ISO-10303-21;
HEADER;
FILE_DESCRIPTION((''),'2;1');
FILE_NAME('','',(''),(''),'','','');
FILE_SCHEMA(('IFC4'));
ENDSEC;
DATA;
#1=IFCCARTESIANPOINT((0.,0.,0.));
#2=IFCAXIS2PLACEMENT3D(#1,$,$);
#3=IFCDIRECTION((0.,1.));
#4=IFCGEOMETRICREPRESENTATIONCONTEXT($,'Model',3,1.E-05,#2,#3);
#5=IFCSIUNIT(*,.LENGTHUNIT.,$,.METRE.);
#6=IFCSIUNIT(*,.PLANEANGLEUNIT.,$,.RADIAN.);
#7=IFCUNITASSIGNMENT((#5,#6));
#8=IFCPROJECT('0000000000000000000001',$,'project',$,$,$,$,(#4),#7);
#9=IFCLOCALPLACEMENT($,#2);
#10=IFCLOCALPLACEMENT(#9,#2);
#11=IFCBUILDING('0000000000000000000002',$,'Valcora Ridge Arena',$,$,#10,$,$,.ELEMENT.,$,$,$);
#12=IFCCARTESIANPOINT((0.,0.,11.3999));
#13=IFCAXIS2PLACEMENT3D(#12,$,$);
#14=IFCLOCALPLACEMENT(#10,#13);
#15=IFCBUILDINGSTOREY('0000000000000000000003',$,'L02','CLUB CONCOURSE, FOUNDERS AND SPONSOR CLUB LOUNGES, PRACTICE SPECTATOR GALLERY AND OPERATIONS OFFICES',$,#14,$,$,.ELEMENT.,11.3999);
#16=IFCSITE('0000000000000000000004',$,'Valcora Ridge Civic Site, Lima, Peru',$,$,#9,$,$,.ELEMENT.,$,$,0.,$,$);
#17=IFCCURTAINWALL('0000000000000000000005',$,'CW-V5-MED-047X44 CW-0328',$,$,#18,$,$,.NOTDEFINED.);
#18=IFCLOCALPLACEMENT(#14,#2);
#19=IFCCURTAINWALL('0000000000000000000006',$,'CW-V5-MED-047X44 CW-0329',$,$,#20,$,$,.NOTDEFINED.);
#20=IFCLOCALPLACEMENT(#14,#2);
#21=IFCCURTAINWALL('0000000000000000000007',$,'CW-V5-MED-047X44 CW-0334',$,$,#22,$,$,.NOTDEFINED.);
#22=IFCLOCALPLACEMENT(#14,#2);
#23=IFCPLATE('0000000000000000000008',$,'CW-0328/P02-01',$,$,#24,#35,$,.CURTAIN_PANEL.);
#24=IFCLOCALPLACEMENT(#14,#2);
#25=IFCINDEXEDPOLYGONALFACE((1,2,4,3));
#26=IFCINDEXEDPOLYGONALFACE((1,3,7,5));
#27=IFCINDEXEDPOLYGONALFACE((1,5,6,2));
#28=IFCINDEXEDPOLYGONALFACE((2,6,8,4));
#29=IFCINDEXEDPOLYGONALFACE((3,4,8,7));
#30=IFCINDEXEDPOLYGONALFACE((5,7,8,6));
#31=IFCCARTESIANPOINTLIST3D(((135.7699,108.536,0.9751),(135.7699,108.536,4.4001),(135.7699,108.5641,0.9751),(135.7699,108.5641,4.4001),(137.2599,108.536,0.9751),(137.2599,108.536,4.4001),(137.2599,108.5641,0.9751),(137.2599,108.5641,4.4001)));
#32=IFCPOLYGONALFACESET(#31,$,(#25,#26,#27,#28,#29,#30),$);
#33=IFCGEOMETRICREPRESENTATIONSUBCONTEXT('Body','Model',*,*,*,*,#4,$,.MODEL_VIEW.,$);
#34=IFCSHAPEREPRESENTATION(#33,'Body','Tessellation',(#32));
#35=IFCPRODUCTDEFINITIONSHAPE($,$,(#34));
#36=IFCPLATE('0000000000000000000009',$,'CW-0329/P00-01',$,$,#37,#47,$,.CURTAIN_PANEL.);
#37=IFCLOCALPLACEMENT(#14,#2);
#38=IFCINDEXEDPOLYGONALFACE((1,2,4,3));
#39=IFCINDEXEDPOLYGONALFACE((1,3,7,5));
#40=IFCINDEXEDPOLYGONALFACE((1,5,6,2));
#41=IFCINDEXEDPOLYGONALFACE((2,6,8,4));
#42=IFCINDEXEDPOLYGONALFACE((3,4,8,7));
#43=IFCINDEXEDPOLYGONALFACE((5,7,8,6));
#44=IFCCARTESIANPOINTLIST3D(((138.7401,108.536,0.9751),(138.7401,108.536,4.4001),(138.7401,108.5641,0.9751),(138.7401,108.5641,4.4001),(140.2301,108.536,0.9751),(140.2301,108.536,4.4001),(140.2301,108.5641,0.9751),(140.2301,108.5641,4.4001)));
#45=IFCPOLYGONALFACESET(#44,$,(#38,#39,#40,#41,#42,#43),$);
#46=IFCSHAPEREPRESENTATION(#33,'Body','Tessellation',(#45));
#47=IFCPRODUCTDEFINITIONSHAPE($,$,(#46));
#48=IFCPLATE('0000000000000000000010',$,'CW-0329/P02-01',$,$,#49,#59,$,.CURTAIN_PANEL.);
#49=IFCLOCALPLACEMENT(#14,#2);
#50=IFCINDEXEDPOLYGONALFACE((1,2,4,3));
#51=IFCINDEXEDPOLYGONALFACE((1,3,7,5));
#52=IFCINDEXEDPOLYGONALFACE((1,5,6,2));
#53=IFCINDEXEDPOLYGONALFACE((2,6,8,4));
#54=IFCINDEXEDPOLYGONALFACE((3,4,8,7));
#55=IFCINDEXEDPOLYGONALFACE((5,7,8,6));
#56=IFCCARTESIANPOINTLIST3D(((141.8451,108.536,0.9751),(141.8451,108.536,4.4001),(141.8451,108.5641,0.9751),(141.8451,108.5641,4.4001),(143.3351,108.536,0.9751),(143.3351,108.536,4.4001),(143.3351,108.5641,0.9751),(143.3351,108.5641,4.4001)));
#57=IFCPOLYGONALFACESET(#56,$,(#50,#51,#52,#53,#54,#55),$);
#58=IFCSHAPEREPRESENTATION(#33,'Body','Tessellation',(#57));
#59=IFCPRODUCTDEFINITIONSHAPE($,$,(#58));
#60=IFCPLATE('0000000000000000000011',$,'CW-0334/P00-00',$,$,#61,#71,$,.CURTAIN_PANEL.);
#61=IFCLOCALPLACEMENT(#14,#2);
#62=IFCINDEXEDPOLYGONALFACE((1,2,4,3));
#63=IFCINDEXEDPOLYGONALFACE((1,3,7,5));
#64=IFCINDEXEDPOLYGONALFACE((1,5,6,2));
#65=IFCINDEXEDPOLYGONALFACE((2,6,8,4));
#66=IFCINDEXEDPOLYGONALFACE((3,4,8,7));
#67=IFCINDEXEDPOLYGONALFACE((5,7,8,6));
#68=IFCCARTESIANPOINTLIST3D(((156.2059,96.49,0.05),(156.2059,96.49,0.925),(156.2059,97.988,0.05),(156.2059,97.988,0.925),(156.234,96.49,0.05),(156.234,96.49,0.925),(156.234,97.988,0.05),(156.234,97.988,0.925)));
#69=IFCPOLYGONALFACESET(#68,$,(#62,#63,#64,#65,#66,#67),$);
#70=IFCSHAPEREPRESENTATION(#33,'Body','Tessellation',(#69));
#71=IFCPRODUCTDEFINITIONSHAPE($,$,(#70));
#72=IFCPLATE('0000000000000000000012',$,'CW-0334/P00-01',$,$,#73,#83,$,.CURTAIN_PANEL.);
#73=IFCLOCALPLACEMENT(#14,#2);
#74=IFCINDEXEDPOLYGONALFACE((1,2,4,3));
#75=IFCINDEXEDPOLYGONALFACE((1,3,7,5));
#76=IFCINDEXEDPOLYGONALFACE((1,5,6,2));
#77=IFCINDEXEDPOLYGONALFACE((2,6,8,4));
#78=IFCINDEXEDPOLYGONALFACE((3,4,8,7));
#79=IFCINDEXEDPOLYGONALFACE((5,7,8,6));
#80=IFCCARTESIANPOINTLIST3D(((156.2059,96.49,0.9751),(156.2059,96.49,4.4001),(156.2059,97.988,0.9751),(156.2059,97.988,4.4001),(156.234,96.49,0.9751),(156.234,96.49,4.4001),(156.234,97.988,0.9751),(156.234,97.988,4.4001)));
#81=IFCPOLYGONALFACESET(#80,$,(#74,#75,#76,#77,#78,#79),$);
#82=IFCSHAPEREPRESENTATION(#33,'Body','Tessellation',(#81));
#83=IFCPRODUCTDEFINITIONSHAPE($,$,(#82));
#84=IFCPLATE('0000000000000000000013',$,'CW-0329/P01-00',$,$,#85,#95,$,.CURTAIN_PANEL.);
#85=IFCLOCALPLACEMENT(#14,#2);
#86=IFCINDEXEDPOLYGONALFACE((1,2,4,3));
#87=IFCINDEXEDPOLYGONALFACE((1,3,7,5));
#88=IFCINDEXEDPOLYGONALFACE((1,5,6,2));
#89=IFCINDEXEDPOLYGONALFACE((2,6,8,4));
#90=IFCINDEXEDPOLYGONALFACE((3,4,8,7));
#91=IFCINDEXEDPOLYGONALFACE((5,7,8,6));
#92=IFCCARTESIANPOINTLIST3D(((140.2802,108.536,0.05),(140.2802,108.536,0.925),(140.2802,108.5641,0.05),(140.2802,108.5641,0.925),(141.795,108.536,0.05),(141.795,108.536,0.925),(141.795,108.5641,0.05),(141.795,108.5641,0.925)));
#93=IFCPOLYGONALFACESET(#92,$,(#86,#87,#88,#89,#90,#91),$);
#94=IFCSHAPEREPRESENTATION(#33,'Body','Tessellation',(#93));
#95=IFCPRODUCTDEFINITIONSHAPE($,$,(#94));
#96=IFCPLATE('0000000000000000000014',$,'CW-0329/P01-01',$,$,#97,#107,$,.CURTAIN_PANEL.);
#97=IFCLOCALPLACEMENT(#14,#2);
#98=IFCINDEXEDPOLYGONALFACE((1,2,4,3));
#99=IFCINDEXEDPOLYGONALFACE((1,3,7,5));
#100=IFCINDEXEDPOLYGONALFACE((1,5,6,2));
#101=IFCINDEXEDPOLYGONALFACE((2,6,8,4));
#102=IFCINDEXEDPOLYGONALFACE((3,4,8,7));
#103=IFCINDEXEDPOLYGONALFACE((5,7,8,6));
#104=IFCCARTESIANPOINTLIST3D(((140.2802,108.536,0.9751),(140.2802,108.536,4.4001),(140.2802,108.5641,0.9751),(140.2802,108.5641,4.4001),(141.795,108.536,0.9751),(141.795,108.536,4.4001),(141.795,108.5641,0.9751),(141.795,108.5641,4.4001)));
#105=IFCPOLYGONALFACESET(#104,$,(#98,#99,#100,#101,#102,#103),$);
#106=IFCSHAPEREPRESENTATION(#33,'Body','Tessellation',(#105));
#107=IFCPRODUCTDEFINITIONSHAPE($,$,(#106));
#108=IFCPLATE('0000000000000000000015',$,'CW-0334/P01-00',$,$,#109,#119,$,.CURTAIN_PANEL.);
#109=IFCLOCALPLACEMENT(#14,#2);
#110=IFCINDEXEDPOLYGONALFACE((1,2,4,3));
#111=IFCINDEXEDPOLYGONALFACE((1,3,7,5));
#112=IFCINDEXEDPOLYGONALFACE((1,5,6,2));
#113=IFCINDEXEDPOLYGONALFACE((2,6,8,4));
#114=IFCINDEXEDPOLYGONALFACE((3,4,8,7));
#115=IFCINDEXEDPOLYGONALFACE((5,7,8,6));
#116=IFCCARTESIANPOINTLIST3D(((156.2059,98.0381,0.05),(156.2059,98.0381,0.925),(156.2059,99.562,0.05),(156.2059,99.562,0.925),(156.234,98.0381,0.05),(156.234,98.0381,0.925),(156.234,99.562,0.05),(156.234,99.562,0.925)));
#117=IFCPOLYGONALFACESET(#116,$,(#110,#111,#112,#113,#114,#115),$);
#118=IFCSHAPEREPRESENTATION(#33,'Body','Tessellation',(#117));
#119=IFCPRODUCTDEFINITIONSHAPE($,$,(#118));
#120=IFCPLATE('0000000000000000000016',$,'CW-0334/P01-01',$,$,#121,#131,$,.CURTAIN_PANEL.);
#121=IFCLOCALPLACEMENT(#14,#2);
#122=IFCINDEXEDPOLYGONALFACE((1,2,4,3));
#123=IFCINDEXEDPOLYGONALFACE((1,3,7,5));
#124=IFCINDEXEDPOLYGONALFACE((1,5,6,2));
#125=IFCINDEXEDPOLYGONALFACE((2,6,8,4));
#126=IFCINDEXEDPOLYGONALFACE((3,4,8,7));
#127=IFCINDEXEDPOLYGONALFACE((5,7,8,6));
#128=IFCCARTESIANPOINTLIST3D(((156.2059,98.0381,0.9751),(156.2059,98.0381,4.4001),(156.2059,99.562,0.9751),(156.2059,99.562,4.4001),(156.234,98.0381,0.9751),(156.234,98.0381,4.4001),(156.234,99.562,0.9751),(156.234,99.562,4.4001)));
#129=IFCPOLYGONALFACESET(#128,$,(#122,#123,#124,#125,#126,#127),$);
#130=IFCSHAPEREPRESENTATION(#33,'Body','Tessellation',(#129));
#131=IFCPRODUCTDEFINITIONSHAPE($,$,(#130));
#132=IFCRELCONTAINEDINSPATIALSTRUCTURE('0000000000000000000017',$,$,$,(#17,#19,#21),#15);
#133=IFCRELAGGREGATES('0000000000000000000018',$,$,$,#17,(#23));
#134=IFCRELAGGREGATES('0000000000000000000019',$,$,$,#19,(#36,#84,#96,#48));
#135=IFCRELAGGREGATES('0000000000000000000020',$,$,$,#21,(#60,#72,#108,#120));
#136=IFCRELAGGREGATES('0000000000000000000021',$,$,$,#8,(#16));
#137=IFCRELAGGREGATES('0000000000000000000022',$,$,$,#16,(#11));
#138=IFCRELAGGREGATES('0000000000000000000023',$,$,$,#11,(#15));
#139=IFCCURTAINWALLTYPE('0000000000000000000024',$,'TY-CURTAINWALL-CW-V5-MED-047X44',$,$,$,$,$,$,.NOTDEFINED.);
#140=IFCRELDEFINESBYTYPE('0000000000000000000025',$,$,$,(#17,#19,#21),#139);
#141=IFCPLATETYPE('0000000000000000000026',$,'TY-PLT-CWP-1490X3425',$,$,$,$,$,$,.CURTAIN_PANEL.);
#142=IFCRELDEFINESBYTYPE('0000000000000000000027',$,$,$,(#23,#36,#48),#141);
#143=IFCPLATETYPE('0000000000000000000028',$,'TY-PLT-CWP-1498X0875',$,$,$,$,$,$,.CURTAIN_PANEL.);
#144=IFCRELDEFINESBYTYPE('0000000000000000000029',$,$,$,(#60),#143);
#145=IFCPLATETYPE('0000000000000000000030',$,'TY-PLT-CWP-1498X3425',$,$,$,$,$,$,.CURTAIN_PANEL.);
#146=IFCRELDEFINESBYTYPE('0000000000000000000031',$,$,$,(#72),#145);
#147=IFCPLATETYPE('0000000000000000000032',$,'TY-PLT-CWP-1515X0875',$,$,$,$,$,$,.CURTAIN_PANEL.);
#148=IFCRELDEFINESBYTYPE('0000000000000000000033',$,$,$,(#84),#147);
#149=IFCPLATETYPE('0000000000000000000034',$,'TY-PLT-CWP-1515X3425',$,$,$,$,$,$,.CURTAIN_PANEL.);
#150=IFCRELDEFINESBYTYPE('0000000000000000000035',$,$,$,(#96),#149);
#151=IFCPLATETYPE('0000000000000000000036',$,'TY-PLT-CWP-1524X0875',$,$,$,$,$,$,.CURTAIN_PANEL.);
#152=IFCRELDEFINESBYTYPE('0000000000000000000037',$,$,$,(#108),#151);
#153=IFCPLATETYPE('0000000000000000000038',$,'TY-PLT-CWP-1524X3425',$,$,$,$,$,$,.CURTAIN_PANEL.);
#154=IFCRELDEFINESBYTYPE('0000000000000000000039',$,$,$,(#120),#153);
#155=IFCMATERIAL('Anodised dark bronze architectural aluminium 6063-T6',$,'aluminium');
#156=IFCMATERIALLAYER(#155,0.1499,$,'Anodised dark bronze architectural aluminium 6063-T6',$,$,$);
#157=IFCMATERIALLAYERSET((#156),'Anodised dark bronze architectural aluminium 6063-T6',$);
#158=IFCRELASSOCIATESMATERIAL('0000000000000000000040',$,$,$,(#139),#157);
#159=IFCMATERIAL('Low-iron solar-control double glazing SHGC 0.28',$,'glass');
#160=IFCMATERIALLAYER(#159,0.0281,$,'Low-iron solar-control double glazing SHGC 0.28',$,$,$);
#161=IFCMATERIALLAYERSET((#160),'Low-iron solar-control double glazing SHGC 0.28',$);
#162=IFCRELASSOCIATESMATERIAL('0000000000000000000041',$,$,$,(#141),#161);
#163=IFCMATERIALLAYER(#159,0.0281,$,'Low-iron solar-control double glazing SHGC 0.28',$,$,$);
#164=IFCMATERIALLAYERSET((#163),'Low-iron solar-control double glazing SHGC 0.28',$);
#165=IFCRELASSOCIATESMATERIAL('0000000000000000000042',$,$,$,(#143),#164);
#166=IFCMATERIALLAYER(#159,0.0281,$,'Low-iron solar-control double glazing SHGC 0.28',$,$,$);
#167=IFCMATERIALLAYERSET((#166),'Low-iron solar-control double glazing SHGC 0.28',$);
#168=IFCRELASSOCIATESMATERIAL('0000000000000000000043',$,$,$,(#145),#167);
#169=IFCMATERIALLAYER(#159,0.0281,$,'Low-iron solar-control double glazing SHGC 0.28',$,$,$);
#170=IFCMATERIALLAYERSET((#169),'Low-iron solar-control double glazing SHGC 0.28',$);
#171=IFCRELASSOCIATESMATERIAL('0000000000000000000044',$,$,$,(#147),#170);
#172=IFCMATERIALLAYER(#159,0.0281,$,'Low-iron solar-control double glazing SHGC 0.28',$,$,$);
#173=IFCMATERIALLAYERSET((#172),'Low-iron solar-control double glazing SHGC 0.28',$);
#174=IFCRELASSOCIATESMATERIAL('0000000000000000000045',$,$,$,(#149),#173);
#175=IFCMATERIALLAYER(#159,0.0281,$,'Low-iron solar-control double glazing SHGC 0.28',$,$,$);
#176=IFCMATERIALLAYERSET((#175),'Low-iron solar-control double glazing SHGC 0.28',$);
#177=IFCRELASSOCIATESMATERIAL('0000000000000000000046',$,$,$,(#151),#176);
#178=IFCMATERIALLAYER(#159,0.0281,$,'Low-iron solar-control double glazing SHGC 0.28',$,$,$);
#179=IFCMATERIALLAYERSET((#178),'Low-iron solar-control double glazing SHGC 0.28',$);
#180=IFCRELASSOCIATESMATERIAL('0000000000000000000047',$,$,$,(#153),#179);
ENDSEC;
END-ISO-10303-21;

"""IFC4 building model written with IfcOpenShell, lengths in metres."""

from ifc_helpers import new_model, si_unit, direction, frame, origin, origin_2d, place, context, subcontext, project, spatial, rectangle, extrude, material, layer, layer_set, type_object, element, aggregate, save


model = new_model("IFC4")

# Units and contexts
model_context = context("Model", 3, precision=1e-05, world=origin(), true_north=direction((0.0, 1.0)))
body_context = subcontext(model_context, "Body", "Model", "MODEL_VIEW")
ifc_project = project(units=[si_unit("LENGTHUNIT", "METRE"), si_unit("PLANEANGLEUNIT", "RADIAN")], contexts=[model_context])

# Site, building, storey
site_placement = place(None, origin())
site = spatial("IfcSite", under=ifc_project, at=site_placement, Name="Valcora Ridge Civic Site, Lima, Peru", CompositionType="ELEMENT", RefElevation=0.0)
building_placement = place(site_placement, origin())
building = spatial("IfcBuilding", under=site, at=building_placement, Name="Valcora Ridge Arena", CompositionType="ELEMENT")
storey_placement = place(building_placement, frame((0.0, 0.0, 11.3999)))
storey = spatial("IfcBuildingStorey", under=building, at=storey_placement, Name="L02", Description="CLUB CONCOURSE, FOUNDERS AND SPONSOR CLUB LOUNGES, PRACTICE SPECTATOR GALLERY AND OPERATIONS OFFICES", CompositionType="ELEMENT", Elevation=11.3999)

# Curtain wall
ifc_material_1 = material(Name="Anodised dark bronze architectural aluminium 6063-T6", Category="aluminium")
ifc_layer_1 = layer(ifc_material_1, 0.1499, Name="Anodised dark bronze architectural aluminium 6063-T6")
ifc_layer_set_1 = layer_set([ifc_layer_1], Name="Anodised dark bronze architectural aluminium 6063-T6")
curtain_wall_type = type_object("IfcCurtainWallType", Name="TY-CURTAINWALL-CW-V5-MED-047X44", PredefinedType="NOTDEFINED", material=ifc_layer_set_1)
curtain_wall_1_placement = place(storey_placement, origin())
curtain_wall_1 = element("IfcCurtainWall", 1, at=curtain_wall_1_placement, inside=storey, type_object=curtain_wall_type, Name="CW-V5-MED-047X44 CW-0328", PredefinedType="NOTDEFINED")

# Curtain wall
curtain_wall_2_placement = place(storey_placement, origin())
curtain_wall_2 = element("IfcCurtainWall", 2, at=curtain_wall_2_placement, inside=storey, type_object=curtain_wall_type, Name="CW-V5-MED-047X44 CW-0329", PredefinedType="NOTDEFINED")

# Curtain wall
curtain_wall_3_placement = place(storey_placement, origin())
curtain_wall_3 = element("IfcCurtainWall", 3, at=curtain_wall_3_placement, inside=storey, type_object=curtain_wall_type, Name="CW-V5-MED-047X44 CW-0334", PredefinedType="NOTDEFINED")

# Plates
ifc_material_2 = material(Name="Low-iron solar-control double glazing SHGC 0.28", Category="glass")
ifc_layer_2 = layer(ifc_material_2, 0.0281, Name="Low-iron solar-control double glazing SHGC 0.28")
ifc_layer_set_2 = layer_set([ifc_layer_2], Name="Low-iron solar-control double glazing SHGC 0.28")
plate_type_1 = type_object("IfcPlateType", Name="TY-PLT-CWP-1490X3425", PredefinedType="CURTAIN_PANEL", material=ifc_layer_set_2)
plate_1_placement = place(storey_placement, frame((136.5149, 108.55, 0.9751), z_axis=(0.0, 0.0, 1.0), x_axis=(1.0, 0.0, 0.0)))
plate_1 = element("IfcPlate", 4, at=plate_1_placement, type_object=plate_type_1, Name="CW-0328/P02-01", PredefinedType="CURTAIN_PANEL", context=body_context, shape_type="SweptSolid", body=[
    extrude(rectangle(XDim=1.49, YDim=0.0281, at=origin_2d()), origin(), (0.0, 0.0, 1.0), 3.425),
])
aggregate(curtain_wall_1, [plate_1])
plate_2_placement = place(storey_placement, frame((139.4851, 108.55, 0.9751), z_axis=(0.0, 0.0, 1.0), x_axis=(1.0, 0.0, 0.0)))
plate_2 = element("IfcPlate", 5, at=plate_2_placement, type_object=plate_type_1, Name="CW-0329/P00-01", PredefinedType="CURTAIN_PANEL", context=body_context, shape_type="SweptSolid", body=[
    extrude(rectangle(XDim=1.49, YDim=0.0281, at=origin_2d()), origin(), (0.0, 0.0, 1.0), 3.425),
])
plate_3_placement = place(storey_placement, frame((142.5901, 108.55, 0.9751), z_axis=(0.0, 0.0, 1.0), x_axis=(1.0, 0.0, 0.0)))
plate_3 = element("IfcPlate", 6, at=plate_3_placement, type_object=plate_type_1, Name="CW-0329/P02-01", PredefinedType="CURTAIN_PANEL", context=body_context, shape_type="SweptSolid", body=[
    extrude(rectangle(XDim=1.49, YDim=0.0281, at=origin_2d()), origin(), (0.0, 0.0, 1.0), 3.425),
])
ifc_layer_3 = layer(ifc_material_2, 0.0281, Name="Low-iron solar-control double glazing SHGC 0.28")
ifc_layer_set_3 = layer_set([ifc_layer_3], Name="Low-iron solar-control double glazing SHGC 0.28")
plate_type_2 = type_object("IfcPlateType", Name="TY-PLT-CWP-1498X0875", PredefinedType="CURTAIN_PANEL", material=ifc_layer_set_3)
plate_4_placement = place(storey_placement, frame((156.22, 97.239, 0.05), z_axis=(0.0, 0.0, 1.0), x_axis=(0.0, 1.0, 0.0)))
plate_4 = element("IfcPlate", 7, at=plate_4_placement, type_object=plate_type_2, Name="CW-0334/P00-00", PredefinedType="CURTAIN_PANEL", context=body_context, shape_type="SweptSolid", body=[
    extrude(rectangle(XDim=1.498, YDim=0.0281, at=origin_2d()), origin(), (0.0, 0.0, 1.0), 0.875),
])
ifc_layer_4 = layer(ifc_material_2, 0.0281, Name="Low-iron solar-control double glazing SHGC 0.28")
ifc_layer_set_4 = layer_set([ifc_layer_4], Name="Low-iron solar-control double glazing SHGC 0.28")
plate_type_3 = type_object("IfcPlateType", Name="TY-PLT-CWP-1498X3425", PredefinedType="CURTAIN_PANEL", material=ifc_layer_set_4)
plate_5_placement = place(storey_placement, frame((156.22, 97.239, 0.9751), z_axis=(0.0, 0.0, 1.0), x_axis=(0.0, 1.0, 0.0)))
plate_5 = element("IfcPlate", 8, at=plate_5_placement, type_object=plate_type_3, Name="CW-0334/P00-01", PredefinedType="CURTAIN_PANEL", context=body_context, shape_type="SweptSolid", body=[
    extrude(rectangle(XDim=1.498, YDim=0.0281, at=origin_2d()), origin(), (0.0, 0.0, 1.0), 3.425),
])
ifc_layer_5 = layer(ifc_material_2, 0.0281, Name="Low-iron solar-control double glazing SHGC 0.28")
ifc_layer_set_5 = layer_set([ifc_layer_5], Name="Low-iron solar-control double glazing SHGC 0.28")
plate_type_4 = type_object("IfcPlateType", Name="TY-PLT-CWP-1515X0875", PredefinedType="CURTAIN_PANEL", material=ifc_layer_set_5)
plate_6_placement = place(storey_placement, frame((141.0376, 108.55, 0.05), z_axis=(0.0, 0.0, 1.0), x_axis=(1.0, 0.0, 0.0)))
plate_6 = element("IfcPlate", 9, at=plate_6_placement, type_object=plate_type_4, Name="CW-0329/P01-00", PredefinedType="CURTAIN_PANEL", context=body_context, shape_type="SweptSolid", body=[
    extrude(rectangle(XDim=1.5149, YDim=0.0281, at=origin_2d()), origin(), (0.0, 0.0, 1.0), 0.875),
])
ifc_layer_6 = layer(ifc_material_2, 0.0281, Name="Low-iron solar-control double glazing SHGC 0.28")
ifc_layer_set_6 = layer_set([ifc_layer_6], Name="Low-iron solar-control double glazing SHGC 0.28")
plate_type_5 = type_object("IfcPlateType", Name="TY-PLT-CWP-1515X3425", PredefinedType="CURTAIN_PANEL", material=ifc_layer_set_6)
plate_7_placement = place(storey_placement, frame((141.0376, 108.55, 0.9751), z_axis=(0.0, 0.0, 1.0), x_axis=(1.0, 0.0, 0.0)))
plate_7 = element("IfcPlate", 10, at=plate_7_placement, type_object=plate_type_5, Name="CW-0329/P01-01", PredefinedType="CURTAIN_PANEL", context=body_context, shape_type="SweptSolid", body=[
    extrude(rectangle(XDim=1.5149, YDim=0.0281, at=origin_2d()), origin(), (0.0, 0.0, 1.0), 3.425),
])
aggregate(curtain_wall_2, [plate_2, plate_6, plate_7, plate_3])
ifc_layer_7 = layer(ifc_material_2, 0.0281, Name="Low-iron solar-control double glazing SHGC 0.28")
ifc_layer_set_7 = layer_set([ifc_layer_7], Name="Low-iron solar-control double glazing SHGC 0.28")
plate_type_6 = type_object("IfcPlateType", Name="TY-PLT-CWP-1524X0875", PredefinedType="CURTAIN_PANEL", material=ifc_layer_set_7)
plate_8_placement = place(storey_placement, frame((156.22, 98.8, 0.05), z_axis=(0.0, 0.0, 1.0), x_axis=(0.0, 1.0, 0.0)))
plate_8 = element("IfcPlate", 11, at=plate_8_placement, type_object=plate_type_6, Name="CW-0334/P01-00", PredefinedType="CURTAIN_PANEL", context=body_context, shape_type="SweptSolid", body=[
    extrude(rectangle(XDim=1.5239, YDim=0.0281, at=origin_2d()), origin(), (0.0, 0.0, 1.0), 0.875),
])
ifc_layer_8 = layer(ifc_material_2, 0.0281, Name="Low-iron solar-control double glazing SHGC 0.28")
ifc_layer_set_8 = layer_set([ifc_layer_8], Name="Low-iron solar-control double glazing SHGC 0.28")
plate_type_7 = type_object("IfcPlateType", Name="TY-PLT-CWP-1524X3425", PredefinedType="CURTAIN_PANEL", material=ifc_layer_set_8)
plate_9_placement = place(storey_placement, frame((156.22, 98.8, 0.9751), z_axis=(0.0, 0.0, 1.0), x_axis=(0.0, 1.0, 0.0)))
plate_9 = element("IfcPlate", 12, at=plate_9_placement, type_object=plate_type_7, Name="CW-0334/P01-01", PredefinedType="CURTAIN_PANEL", context=body_context, shape_type="SweptSolid", body=[
    extrude(rectangle(XDim=1.5239, YDim=0.0281, at=origin_2d()), origin(), (0.0, 0.0, 1.0), 3.425),
])
aggregate(curtain_wall_3, [plate_4, plate_5, plate_8, plate_9])

save(model, "model.ifc")
